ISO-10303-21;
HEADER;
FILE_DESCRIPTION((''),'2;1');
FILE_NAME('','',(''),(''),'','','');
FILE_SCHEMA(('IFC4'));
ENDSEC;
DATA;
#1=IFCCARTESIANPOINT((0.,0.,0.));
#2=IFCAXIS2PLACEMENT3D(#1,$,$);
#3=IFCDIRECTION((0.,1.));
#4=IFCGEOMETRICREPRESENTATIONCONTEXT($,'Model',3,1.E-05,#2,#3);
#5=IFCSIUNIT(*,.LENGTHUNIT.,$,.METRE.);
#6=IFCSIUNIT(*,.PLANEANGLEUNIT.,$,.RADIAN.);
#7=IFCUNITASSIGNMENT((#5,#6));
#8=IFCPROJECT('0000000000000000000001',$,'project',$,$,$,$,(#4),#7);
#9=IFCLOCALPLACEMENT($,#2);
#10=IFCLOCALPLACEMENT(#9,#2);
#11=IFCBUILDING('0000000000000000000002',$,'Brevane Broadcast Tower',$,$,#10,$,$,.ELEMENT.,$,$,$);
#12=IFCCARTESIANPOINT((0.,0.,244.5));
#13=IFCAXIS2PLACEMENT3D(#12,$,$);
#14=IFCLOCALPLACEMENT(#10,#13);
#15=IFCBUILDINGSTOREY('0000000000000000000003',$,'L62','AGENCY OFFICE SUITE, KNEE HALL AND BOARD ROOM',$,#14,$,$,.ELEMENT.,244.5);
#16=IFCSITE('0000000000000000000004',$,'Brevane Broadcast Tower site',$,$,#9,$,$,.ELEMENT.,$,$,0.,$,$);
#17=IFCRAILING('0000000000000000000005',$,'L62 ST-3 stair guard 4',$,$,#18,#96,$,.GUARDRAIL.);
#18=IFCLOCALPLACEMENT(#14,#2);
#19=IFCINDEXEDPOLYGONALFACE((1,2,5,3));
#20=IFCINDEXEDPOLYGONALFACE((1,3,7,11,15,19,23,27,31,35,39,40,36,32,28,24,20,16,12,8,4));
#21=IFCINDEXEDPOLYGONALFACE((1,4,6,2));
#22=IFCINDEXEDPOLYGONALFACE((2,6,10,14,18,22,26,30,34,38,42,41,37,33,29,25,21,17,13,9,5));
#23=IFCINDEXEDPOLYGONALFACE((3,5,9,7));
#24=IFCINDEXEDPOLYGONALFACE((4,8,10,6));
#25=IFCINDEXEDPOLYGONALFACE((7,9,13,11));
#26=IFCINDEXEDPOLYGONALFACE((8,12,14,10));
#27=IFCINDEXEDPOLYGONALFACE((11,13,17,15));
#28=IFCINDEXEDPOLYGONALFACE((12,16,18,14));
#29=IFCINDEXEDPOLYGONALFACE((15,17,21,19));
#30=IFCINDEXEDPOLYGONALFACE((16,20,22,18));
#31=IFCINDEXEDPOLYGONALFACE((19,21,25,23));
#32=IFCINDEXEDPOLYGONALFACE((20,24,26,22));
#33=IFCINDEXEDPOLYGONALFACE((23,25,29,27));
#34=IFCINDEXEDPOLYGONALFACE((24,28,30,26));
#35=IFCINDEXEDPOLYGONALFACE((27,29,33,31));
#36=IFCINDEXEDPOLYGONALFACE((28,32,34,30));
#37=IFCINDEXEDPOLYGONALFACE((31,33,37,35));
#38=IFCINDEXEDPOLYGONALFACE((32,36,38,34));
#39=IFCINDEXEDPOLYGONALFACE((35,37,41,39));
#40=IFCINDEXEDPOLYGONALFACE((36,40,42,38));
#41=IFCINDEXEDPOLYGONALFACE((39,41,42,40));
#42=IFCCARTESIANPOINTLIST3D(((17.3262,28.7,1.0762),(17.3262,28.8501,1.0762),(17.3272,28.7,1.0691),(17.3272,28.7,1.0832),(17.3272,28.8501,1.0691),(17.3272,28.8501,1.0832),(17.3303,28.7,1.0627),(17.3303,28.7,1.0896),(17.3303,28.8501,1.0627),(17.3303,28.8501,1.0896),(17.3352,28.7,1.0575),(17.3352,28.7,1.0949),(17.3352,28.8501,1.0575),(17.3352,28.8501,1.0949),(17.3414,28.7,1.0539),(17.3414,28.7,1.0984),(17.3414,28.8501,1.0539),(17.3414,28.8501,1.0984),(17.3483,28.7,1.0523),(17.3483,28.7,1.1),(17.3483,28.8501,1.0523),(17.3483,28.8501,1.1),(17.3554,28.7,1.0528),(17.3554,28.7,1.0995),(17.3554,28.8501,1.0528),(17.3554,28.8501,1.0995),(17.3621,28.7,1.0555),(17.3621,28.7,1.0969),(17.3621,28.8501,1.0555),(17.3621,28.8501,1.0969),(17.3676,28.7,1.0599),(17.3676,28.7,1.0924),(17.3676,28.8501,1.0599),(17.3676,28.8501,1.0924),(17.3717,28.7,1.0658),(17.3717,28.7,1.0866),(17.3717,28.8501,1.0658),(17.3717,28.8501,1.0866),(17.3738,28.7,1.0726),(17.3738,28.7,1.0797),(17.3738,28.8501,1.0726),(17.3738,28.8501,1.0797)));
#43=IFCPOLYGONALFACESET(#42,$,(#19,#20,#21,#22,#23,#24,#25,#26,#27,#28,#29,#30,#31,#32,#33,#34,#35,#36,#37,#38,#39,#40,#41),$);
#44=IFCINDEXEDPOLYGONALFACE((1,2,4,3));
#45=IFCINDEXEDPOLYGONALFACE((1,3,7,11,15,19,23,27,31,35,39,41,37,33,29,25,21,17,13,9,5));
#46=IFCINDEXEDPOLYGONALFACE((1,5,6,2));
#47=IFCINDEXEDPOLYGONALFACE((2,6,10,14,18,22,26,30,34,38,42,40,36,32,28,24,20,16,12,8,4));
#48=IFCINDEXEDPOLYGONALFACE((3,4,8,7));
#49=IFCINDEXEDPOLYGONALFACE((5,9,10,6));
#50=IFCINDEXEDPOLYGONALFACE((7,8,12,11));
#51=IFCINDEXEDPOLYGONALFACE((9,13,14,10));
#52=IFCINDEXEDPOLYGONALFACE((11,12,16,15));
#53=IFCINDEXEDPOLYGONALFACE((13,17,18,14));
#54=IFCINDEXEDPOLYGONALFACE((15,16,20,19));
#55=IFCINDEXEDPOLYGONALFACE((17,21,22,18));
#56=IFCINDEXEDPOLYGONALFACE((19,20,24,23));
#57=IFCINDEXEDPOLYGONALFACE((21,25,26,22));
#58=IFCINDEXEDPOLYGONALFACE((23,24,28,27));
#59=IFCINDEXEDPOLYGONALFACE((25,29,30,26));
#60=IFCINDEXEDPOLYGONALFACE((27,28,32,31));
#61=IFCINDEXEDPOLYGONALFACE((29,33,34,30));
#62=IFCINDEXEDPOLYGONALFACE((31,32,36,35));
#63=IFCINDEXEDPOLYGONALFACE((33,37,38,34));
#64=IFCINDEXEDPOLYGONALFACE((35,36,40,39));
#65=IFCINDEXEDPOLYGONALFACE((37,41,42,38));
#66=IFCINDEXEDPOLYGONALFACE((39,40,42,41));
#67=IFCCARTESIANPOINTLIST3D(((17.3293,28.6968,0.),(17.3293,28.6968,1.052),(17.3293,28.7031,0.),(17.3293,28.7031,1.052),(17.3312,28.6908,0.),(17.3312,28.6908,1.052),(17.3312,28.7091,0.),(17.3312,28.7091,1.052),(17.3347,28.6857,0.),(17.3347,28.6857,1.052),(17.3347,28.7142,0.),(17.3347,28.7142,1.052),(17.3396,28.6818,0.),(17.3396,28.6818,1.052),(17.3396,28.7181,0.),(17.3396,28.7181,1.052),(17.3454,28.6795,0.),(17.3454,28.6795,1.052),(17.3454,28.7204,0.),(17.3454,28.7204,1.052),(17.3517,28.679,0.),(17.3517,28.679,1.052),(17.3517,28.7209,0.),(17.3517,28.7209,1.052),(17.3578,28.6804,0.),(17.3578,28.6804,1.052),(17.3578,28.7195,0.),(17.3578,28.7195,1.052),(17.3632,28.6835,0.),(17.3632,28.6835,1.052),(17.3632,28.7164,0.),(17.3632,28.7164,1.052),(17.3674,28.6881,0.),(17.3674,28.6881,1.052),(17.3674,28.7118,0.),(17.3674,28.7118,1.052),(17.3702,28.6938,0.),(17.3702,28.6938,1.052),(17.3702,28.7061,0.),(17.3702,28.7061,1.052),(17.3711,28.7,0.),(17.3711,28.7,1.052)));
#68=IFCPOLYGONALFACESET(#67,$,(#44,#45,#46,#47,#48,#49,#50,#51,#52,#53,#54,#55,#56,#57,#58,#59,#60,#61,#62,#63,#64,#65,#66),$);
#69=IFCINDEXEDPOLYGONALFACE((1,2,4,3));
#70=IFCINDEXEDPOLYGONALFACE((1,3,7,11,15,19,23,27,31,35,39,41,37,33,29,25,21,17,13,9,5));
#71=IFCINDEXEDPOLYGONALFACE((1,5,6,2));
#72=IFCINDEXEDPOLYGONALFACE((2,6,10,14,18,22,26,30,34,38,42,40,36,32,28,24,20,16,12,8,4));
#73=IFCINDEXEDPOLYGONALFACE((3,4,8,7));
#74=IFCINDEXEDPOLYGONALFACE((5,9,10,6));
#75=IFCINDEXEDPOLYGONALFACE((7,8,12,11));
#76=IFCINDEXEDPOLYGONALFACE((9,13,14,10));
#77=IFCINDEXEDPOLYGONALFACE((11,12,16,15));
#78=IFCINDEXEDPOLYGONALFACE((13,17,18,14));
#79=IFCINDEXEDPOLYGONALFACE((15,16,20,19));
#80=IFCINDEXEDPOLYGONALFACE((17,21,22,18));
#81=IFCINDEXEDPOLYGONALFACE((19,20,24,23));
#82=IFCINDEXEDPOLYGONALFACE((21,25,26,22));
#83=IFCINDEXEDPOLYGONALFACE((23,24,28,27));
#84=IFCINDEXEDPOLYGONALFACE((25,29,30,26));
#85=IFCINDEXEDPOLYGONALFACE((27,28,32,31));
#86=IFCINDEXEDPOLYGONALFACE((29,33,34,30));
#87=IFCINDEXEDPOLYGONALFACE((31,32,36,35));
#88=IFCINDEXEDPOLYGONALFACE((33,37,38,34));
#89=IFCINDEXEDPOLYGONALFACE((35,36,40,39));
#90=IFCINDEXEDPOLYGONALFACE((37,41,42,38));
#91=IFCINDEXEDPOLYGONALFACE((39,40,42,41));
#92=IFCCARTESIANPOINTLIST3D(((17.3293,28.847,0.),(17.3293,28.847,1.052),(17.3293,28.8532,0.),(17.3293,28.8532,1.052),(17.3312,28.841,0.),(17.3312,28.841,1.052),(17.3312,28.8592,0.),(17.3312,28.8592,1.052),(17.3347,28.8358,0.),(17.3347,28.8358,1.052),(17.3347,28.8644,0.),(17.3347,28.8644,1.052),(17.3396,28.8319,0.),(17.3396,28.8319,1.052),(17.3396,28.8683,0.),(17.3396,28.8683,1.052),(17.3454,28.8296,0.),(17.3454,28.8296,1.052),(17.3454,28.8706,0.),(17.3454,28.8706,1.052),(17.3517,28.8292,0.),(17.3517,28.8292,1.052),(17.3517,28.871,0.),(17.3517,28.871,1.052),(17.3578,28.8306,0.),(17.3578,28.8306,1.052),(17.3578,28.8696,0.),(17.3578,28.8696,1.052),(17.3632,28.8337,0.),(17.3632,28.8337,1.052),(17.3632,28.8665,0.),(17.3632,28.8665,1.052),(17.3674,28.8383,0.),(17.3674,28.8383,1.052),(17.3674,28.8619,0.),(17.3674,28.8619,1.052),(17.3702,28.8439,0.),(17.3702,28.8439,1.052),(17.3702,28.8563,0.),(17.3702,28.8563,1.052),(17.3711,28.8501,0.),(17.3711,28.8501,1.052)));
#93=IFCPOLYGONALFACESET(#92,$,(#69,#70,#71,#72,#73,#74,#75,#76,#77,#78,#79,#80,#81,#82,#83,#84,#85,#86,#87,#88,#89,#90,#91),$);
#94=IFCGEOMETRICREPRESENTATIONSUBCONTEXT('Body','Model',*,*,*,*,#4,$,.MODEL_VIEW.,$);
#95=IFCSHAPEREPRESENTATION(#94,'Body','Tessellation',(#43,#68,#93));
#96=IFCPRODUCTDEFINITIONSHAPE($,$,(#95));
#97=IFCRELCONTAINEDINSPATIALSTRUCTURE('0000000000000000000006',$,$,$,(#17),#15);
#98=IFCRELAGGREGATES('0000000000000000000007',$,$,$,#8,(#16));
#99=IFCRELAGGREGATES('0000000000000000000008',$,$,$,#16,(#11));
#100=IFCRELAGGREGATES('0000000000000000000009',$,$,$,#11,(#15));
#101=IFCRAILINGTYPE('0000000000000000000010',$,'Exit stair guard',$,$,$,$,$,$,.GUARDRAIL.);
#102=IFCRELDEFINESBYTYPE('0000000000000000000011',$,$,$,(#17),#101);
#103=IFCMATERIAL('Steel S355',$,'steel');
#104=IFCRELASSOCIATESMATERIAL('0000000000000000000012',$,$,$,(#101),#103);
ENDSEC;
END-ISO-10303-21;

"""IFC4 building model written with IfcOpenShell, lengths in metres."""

from ifc_helpers import new_model, si_unit, direction, frame, origin, origin_2d, place, context, subcontext, project, spatial, circle, extrude, material, type_object, element, save


model = new_model("IFC4")

# Units and contexts
model_context = context("Model", 3, precision=1e-05, world=origin(), true_north=direction((0.0, 1.0)))
body_context = subcontext(model_context, "Body", "Model", "MODEL_VIEW")
ifc_project = project(units=[si_unit("LENGTHUNIT", "METRE"), si_unit("PLANEANGLEUNIT", "RADIAN")], contexts=[model_context])

# Site, building, storey
site_placement = place(None, origin())
site = spatial("IfcSite", under=ifc_project, at=site_placement, Name="Brevane Broadcast Tower site", CompositionType="ELEMENT", RefElevation=0.0)
building_placement = place(site_placement, origin())
building = spatial("IfcBuilding", under=site, at=building_placement, Name="Brevane Broadcast Tower", CompositionType="ELEMENT")
storey_placement = place(building_placement, frame((0.0, 0.0, 244.5)))
storey = spatial("IfcBuildingStorey", under=building, at=storey_placement, Name="L62", Description="AGENCY OFFICE SUITE, KNEE HALL AND BOARD ROOM", CompositionType="ELEMENT", Elevation=244.5)

# Railing
ifc_material_1 = material(Name="Steel S355", Category="steel")
railing_type = type_object("IfcRailingType", Name="Exit stair guard", PredefinedType="GUARDRAIL", material=ifc_material_1)
railing_placement = place(storey_placement, frame((17.3501, 28.7, 0.0)))
element("IfcRailing", 1, at=railing_placement, inside=storey, type_object=railing_type, Name="L62 ST-3 stair guard 4", PredefinedType="GUARDRAIL", context=body_context, shape_type="SweptSolid", body=[
    extrude(circle(Radius=0.0239, at=origin_2d()), frame((0.0, 0.0, 1.0762), z_axis=(0.0, 1.0, 0.0), x_axis=(-1.0, 0.0, 0.0)), (0.0, 0.0, 1.0), 0.1501),
    extrude(circle(Radius=0.021, at=origin_2d()), origin(), (0.0, 0.0, 1.0), 1.052),
    extrude(circle(Radius=0.021, at=origin_2d()), frame((0.0, 0.1501, 0.0)), (0.0, 0.0, 1.0), 1.052),
])

save(model, "model.ifc")
